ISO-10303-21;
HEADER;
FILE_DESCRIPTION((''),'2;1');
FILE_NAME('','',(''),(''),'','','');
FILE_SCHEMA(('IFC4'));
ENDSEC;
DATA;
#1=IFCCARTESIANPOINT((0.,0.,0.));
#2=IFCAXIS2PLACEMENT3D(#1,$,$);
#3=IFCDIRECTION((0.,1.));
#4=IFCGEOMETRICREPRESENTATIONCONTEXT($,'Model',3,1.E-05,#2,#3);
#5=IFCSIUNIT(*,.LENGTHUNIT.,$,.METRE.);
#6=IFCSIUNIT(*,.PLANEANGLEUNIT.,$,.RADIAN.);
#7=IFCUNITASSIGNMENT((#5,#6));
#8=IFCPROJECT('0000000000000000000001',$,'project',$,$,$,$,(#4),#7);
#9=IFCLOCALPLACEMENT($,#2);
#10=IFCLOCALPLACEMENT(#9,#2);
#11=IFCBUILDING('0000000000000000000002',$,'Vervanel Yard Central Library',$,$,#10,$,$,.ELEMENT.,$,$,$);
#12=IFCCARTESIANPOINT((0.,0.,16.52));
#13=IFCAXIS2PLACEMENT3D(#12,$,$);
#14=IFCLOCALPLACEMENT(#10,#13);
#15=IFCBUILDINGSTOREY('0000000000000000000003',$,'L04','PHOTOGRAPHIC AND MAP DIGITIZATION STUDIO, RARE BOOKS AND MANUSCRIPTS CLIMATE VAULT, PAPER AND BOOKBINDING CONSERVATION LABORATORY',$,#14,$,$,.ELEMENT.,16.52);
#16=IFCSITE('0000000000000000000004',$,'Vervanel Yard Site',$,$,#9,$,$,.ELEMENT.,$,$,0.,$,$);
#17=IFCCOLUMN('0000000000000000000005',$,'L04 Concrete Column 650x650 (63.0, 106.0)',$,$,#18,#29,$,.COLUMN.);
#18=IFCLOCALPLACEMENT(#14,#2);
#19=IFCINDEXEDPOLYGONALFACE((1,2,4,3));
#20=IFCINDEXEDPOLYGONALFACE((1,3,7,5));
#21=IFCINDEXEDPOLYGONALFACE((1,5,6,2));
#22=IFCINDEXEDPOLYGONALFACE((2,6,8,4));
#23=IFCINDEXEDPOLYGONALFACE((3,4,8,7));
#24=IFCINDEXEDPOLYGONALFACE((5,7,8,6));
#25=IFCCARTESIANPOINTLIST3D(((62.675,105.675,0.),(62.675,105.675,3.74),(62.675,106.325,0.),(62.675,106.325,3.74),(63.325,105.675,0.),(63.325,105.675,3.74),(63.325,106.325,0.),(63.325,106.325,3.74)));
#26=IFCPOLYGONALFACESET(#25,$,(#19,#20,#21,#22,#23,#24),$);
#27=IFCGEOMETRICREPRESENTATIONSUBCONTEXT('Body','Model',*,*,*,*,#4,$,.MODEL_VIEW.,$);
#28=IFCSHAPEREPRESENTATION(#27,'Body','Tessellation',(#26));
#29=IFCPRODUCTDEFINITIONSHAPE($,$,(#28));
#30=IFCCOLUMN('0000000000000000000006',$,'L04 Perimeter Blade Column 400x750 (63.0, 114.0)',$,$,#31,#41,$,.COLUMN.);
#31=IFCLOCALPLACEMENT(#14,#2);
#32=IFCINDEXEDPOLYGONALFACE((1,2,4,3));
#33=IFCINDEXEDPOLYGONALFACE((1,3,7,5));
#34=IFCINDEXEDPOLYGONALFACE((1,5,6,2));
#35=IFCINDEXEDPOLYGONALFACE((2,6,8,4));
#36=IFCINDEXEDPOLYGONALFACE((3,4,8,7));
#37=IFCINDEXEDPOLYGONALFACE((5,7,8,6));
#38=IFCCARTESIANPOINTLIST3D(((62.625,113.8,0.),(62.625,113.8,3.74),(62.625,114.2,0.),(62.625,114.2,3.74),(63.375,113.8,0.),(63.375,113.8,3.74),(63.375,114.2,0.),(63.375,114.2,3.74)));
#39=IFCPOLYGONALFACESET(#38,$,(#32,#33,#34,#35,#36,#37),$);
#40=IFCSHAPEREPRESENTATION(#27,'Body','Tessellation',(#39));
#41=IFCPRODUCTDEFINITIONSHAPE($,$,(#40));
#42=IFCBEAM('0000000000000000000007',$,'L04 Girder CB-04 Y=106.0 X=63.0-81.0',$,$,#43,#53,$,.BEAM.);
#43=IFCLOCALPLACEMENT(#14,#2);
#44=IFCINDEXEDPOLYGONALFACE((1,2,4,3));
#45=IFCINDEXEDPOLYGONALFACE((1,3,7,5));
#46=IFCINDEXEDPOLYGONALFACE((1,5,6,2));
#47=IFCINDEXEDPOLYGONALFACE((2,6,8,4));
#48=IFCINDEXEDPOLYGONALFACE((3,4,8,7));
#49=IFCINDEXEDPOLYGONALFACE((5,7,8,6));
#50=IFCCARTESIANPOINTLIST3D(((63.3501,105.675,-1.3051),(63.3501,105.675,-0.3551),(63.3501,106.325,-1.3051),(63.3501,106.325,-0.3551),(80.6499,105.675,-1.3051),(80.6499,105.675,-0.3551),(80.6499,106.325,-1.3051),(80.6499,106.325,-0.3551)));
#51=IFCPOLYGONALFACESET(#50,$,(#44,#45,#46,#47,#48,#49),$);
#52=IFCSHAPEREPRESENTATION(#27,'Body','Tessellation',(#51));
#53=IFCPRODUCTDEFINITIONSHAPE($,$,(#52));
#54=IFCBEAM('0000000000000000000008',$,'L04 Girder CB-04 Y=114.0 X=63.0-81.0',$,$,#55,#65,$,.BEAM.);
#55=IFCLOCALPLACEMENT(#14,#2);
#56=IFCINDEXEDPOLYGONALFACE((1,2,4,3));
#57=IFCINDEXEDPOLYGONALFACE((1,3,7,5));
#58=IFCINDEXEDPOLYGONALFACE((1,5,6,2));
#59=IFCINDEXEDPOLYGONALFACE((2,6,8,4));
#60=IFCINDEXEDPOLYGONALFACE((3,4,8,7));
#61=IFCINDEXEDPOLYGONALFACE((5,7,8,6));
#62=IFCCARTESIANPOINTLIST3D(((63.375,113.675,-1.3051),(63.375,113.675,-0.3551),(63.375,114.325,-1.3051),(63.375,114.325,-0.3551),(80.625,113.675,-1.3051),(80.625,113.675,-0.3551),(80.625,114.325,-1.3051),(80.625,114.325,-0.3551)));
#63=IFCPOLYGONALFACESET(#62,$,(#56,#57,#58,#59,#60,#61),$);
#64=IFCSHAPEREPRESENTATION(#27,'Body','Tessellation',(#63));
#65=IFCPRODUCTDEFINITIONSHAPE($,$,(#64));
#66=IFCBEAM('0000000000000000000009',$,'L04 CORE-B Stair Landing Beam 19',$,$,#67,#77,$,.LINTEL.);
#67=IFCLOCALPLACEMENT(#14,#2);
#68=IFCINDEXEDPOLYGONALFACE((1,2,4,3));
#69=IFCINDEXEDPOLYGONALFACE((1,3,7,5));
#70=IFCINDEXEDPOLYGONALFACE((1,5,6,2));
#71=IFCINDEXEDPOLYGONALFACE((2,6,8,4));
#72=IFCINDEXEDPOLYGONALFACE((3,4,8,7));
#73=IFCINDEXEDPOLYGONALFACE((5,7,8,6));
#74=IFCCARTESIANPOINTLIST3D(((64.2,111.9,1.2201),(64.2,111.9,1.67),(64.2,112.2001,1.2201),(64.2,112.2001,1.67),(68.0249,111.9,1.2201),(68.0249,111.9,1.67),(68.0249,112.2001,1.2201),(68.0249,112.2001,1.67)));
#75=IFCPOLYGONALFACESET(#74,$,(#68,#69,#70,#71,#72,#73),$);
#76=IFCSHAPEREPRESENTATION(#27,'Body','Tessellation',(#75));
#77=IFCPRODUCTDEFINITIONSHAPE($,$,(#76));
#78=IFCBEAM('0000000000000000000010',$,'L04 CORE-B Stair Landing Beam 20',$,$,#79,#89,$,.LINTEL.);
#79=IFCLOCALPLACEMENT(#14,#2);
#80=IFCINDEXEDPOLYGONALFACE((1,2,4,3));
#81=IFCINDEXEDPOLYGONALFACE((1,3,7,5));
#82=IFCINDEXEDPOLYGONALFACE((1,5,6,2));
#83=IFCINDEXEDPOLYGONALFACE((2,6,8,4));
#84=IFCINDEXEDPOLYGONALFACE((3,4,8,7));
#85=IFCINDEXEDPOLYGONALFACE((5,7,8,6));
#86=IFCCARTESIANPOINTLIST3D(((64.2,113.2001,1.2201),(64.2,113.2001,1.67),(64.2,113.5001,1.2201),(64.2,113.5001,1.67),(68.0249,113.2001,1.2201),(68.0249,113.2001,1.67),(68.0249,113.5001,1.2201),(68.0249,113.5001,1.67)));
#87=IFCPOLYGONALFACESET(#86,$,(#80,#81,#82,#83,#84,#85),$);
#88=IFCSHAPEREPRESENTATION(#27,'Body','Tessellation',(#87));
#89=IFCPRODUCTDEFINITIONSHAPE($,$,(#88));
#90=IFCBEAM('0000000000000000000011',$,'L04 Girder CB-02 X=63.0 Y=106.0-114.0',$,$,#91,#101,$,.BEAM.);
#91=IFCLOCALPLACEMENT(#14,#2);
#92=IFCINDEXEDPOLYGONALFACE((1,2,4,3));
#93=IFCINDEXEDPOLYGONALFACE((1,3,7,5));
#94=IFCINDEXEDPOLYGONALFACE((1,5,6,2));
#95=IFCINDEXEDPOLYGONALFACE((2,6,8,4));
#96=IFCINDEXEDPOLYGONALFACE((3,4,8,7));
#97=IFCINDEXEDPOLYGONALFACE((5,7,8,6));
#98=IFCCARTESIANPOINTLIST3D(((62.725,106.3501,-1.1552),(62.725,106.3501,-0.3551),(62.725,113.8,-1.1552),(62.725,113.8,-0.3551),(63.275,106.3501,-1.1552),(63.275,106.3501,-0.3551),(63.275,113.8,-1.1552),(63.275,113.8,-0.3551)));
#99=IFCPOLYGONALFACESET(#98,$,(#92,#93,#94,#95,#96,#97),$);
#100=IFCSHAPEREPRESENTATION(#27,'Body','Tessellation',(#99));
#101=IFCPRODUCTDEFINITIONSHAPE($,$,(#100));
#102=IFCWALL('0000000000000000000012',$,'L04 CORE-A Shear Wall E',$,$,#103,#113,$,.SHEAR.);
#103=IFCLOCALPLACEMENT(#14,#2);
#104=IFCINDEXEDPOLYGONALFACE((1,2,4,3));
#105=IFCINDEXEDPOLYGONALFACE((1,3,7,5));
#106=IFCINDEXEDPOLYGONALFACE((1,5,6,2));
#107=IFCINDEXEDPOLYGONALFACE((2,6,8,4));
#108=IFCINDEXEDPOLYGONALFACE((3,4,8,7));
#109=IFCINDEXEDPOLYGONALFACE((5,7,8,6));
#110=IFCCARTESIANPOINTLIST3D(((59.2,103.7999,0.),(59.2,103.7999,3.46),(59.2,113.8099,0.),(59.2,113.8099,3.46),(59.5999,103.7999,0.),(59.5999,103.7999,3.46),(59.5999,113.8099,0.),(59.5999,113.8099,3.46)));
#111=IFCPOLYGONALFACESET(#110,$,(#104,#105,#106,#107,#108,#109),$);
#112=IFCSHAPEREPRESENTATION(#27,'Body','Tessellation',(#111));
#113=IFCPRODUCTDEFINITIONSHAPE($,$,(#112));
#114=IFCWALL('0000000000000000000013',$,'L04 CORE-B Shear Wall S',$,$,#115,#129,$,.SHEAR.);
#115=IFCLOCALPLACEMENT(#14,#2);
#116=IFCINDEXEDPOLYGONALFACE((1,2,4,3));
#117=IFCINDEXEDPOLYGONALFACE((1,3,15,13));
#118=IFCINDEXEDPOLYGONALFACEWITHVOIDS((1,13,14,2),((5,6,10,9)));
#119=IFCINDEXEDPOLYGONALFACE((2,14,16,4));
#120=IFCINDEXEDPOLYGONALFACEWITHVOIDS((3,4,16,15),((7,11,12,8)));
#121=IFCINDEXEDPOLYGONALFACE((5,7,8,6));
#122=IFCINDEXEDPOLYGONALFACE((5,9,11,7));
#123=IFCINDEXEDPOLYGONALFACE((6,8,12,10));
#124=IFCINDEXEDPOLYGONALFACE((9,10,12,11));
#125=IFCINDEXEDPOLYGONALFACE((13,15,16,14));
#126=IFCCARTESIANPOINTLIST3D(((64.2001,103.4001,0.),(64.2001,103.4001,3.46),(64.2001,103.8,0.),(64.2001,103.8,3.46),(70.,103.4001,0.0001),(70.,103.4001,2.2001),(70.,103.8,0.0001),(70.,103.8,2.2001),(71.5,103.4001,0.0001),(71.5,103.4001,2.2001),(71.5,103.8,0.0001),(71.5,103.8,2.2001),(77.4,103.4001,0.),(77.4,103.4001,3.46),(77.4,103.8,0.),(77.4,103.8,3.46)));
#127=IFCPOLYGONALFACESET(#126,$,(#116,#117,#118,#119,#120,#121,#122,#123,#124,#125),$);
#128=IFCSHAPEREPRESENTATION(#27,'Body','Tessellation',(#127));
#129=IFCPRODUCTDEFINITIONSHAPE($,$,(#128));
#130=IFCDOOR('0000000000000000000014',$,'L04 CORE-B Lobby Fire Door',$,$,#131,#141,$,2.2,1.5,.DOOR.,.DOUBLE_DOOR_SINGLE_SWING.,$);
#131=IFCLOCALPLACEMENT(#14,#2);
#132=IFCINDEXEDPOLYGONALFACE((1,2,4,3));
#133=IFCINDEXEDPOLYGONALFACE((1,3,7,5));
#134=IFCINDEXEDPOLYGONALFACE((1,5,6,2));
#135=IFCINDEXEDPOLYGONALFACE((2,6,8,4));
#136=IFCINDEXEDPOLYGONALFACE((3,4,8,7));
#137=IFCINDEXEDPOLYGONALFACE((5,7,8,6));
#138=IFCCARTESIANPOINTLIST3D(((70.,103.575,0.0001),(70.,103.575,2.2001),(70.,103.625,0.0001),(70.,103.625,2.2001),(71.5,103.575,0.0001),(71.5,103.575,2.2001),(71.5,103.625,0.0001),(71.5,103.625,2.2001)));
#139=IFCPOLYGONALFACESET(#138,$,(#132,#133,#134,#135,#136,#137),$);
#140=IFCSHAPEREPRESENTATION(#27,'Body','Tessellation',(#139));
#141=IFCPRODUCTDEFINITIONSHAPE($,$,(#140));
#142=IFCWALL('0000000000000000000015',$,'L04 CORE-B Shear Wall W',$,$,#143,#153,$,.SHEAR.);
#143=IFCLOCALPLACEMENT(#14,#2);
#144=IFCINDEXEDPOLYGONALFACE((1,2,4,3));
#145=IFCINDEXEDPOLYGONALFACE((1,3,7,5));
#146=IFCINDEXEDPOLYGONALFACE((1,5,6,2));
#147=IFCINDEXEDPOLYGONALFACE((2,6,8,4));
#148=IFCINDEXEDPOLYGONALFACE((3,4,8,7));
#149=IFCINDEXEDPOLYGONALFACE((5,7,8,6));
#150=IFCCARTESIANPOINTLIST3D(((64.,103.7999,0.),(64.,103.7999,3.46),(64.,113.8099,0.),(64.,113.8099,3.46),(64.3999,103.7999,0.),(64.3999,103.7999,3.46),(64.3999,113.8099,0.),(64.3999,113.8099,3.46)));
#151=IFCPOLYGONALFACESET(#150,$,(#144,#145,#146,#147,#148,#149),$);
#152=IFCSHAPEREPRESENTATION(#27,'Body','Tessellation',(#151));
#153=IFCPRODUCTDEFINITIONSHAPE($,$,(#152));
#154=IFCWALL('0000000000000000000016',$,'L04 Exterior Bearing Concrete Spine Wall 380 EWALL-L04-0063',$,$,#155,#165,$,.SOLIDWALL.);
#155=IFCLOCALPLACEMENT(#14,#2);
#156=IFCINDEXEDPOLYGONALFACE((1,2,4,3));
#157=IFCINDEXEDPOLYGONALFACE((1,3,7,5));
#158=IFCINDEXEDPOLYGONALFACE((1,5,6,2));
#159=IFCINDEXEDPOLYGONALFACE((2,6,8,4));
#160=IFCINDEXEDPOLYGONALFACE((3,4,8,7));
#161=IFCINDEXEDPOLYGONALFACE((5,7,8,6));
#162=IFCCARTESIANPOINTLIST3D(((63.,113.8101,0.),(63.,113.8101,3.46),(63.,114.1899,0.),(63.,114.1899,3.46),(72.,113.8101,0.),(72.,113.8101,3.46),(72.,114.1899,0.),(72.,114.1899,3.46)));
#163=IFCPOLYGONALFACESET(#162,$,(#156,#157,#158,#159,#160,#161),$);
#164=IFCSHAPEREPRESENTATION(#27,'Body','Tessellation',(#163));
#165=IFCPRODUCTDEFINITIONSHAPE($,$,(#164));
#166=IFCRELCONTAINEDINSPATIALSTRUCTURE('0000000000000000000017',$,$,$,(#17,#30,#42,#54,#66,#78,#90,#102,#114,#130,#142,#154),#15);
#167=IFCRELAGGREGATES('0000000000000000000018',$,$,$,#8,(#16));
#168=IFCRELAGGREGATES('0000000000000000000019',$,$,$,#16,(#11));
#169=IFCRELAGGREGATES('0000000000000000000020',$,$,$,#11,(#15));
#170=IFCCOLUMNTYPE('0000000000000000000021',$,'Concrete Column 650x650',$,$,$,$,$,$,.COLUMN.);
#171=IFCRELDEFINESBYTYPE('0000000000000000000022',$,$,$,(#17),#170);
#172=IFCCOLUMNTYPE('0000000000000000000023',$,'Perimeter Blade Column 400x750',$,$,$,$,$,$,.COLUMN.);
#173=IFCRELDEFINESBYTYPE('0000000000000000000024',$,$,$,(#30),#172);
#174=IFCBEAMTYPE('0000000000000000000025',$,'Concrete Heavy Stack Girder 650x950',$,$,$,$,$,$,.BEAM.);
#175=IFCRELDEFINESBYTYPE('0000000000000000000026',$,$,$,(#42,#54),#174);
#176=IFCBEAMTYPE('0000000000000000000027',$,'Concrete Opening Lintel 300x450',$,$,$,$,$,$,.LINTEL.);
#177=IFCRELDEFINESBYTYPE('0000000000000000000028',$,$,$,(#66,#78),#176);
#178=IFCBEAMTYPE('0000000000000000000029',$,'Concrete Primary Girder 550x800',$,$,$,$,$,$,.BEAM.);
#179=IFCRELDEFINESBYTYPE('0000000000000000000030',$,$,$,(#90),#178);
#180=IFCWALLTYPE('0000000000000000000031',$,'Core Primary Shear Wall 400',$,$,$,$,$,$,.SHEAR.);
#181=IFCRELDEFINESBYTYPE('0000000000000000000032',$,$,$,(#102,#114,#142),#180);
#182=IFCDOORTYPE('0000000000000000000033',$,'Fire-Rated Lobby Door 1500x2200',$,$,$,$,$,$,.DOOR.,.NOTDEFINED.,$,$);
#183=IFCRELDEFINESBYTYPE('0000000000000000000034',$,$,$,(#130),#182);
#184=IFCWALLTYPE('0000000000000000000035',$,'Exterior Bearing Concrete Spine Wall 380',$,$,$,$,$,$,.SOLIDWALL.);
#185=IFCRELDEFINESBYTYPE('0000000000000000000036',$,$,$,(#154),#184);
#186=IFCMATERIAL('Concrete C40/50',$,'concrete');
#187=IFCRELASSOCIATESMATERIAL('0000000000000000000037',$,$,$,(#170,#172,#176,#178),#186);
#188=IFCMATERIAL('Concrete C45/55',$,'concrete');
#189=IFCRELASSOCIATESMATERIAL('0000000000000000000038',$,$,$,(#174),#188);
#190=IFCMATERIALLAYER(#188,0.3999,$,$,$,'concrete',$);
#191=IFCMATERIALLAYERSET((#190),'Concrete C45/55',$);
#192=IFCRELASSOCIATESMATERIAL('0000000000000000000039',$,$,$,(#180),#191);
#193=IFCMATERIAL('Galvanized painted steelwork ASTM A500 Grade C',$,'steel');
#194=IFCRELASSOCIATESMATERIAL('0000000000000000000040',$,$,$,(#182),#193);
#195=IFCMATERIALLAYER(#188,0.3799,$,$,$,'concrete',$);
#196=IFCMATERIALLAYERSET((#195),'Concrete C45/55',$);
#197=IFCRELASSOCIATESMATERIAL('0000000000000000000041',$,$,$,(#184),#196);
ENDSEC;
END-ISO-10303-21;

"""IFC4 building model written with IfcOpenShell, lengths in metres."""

from ifc_helpers import new_model, si_unit, direction, frame, frame_2d, origin, origin_2d, place, context, subcontext, project, spatial, rectangle, extrude, material, layer, layer_set, material_profile, profile_set, type_object, element, fill, save


model = new_model("IFC4")

# Units and contexts
model_context = context("Model", 3, precision=1e-05, world=origin(), true_north=direction((0.0, 1.0)))
body_context = subcontext(model_context, "Body", "Model", "MODEL_VIEW")
ifc_project = project(units=[si_unit("LENGTHUNIT", "METRE"), si_unit("PLANEANGLEUNIT", "RADIAN")], contexts=[model_context])

# Site, building, storey
site_placement = place(None, origin())
site = spatial("IfcSite", under=ifc_project, at=site_placement, Name="Vervanel Yard Site", CompositionType="ELEMENT", RefElevation=0.0)
building_placement = place(site_placement, origin())
building = spatial("IfcBuilding", under=site, at=building_placement, Name="Vervanel Yard Central Library", CompositionType="ELEMENT")
storey_placement = place(building_placement, frame((0.0, 0.0, 16.52)))
storey = spatial("IfcBuildingStorey", under=building, at=storey_placement, Name="L04", Description="PHOTOGRAPHIC AND MAP DIGITIZATION STUDIO, RARE BOOKS AND MANUSCRIPTS CLIMATE VAULT, PAPER AND BOOKBINDING CONSERVATION LABORATORY", CompositionType="ELEMENT", Elevation=16.52)

# Columns
ifc_material_1 = material(Name="Concrete C40/50", Category="concrete")
ifc_material_profile_1 = material_profile(ifc_material_1, rectangle(XDim=0.6499, YDim=0.6499, at=origin_2d()), Name="RC 650x650", Category="concrete")
ifc_profile_set_1 = profile_set([ifc_material_profile_1], Name="Concrete C40/50")
column_type_1 = type_object("IfcColumnType", Name="Concrete Column 650x650", PredefinedType="COLUMN", material=ifc_profile_set_1)
column_1_placement = place(storey_placement, frame((63.0, 106.0, 0.0), z_axis=(0.0, 0.0, 1.0), x_axis=(1.0, 0.0, 0.0)))
element("IfcColumn", 1, at=column_1_placement, inside=storey, type_object=column_type_1, Name="L04 Concrete Column 650x650 (63.0, 106.0)", PredefinedType="COLUMN", context=body_context, shape_type="SweptSolid", body=[
    extrude(rectangle(XDim=0.6499, YDim=0.6499, at=origin_2d()), origin(), (0.0, 0.0, 1.0), 3.74),
])
ifc_material_profile_2 = material_profile(ifc_material_1, rectangle(XDim=0.3999, YDim=0.75, at=origin_2d()), Name="RC 400x750", Category="concrete")
ifc_profile_set_2 = profile_set([ifc_material_profile_2], Name="Concrete C40/50")
column_type_2 = type_object("IfcColumnType", Name="Perimeter Blade Column 400x750", PredefinedType="COLUMN", material=ifc_profile_set_2)
column_2_placement = place(storey_placement, frame((63.0, 114.0, 0.0), z_axis=(0.0, 0.0, 1.0), x_axis=(0.0, 1.0, 0.0)))
element("IfcColumn", 2, at=column_2_placement, inside=storey, type_object=column_type_2, Name="L04 Perimeter Blade Column 400x750 (63.0, 114.0)", PredefinedType="COLUMN", context=body_context, shape_type="SweptSolid", body=[
    extrude(rectangle(XDim=0.3999, YDim=0.75, at=origin_2d()), origin(), (0.0, 0.0, 1.0), 3.74),
])

# Beams
ifc_material_2 = material(Name="Concrete C45/55", Category="concrete")
ifc_material_profile_3 = material_profile(ifc_material_2, rectangle(XDim=0.6499, YDim=0.95, at=origin_2d()), Name="RC 650x950", Category="concrete")
ifc_profile_set_3 = profile_set([ifc_material_profile_3], Name="Concrete C45/55")
beam_type_1 = type_object("IfcBeamType", Name="Concrete Heavy Stack Girder 650x950", PredefinedType="BEAM", material=ifc_profile_set_3)
beam_1_placement = place(storey_placement, frame((63.3501, 106.0, -0.8301), z_axis=(1.0, 0.0, 0.0), x_axis=(0.0, 1.0, 0.0)))
element("IfcBeam", 3, at=beam_1_placement, inside=storey, type_object=beam_type_1, Name="L04 Girder CB-04 Y=106.0 X=63.0-81.0", PredefinedType="BEAM", context=body_context, shape_type="SweptSolid", body=[
    extrude(rectangle(XDim=0.6499, YDim=0.95, at=origin_2d()), origin(), (0.0, 0.0, 1.0), 17.2998),
])
beam_2_placement = place(storey_placement, frame((63.375, 114.0, -0.8301), z_axis=(1.0, 0.0, 0.0), x_axis=(0.0, 1.0, 0.0)))
element("IfcBeam", 4, at=beam_2_placement, inside=storey, type_object=beam_type_1, Name="L04 Girder CB-04 Y=114.0 X=63.0-81.0", PredefinedType="BEAM", context=body_context, shape_type="SweptSolid", body=[
    extrude(rectangle(XDim=0.6499, YDim=0.95, at=origin_2d()), origin(), (0.0, 0.0, 1.0), 17.25),
])
ifc_material_profile_4 = material_profile(ifc_material_1, rectangle(XDim=0.3, YDim=0.45, at=origin_2d()), Name="RC 300x450", Category="concrete")
ifc_profile_set_4 = profile_set([ifc_material_profile_4], Name="Concrete C40/50")
beam_type_2 = type_object("IfcBeamType", Name="Concrete Opening Lintel 300x450", PredefinedType="LINTEL", material=ifc_profile_set_4)
for number, where, z_axis, x_axis, name in (
    (5, (64.2, 112.05, 1.4451), (1.0, 0.0, 0.0), (0.0, 1.0, 0.0), "L04 CORE-B Stair Landing Beam 19"),
    (6, (64.2, 113.3501, 1.4451), (1.0, 0.0, 0.0), (0.0, 1.0, 0.0), "L04 CORE-B Stair Landing Beam 20"),
):
    element("IfcBeam", number, at=place(storey_placement, frame(where, z_axis=z_axis, x_axis=x_axis)), inside=storey, type_object=beam_type_2, Name=name, PredefinedType="LINTEL", context=body_context, shape_type="SweptSolid", body=[
        extrude(rectangle(XDim=0.3, YDim=0.45, at=origin_2d()), origin(), (0.0, 0.0, 1.0), 3.825),
    ])
ifc_material_profile_5 = material_profile(ifc_material_1, rectangle(XDim=0.55, YDim=0.8, at=origin_2d()), Name="RC 550x800", Category="concrete")
ifc_profile_set_5 = profile_set([ifc_material_profile_5], Name="Concrete C40/50")
beam_type_3 = type_object("IfcBeamType", Name="Concrete Primary Girder 550x800", PredefinedType="BEAM", material=ifc_profile_set_5)
beam_3_placement = place(storey_placement, frame((63.0, 106.3501, -0.7551), z_axis=(0.0, 1.0, 0.0), x_axis=(-1.0, 0.0, 0.0)))
element("IfcBeam", 7, at=beam_3_placement, inside=storey, type_object=beam_type_3, Name="L04 Girder CB-02 X=63.0 Y=106.0-114.0", PredefinedType="BEAM", context=body_context, shape_type="SweptSolid", body=[
    extrude(rectangle(XDim=0.55, YDim=0.8, at=origin_2d()), origin(), (0.0, 0.0, 1.0), 7.45),
])

# Wall
ifc_layer_1 = layer(ifc_material_2, 0.3999, Category="concrete")
ifc_layer_set_1 = layer_set([ifc_layer_1], Name="Concrete C45/55")
wall_type_1 = type_object("IfcWallType", Name="Core Primary Shear Wall 400", PredefinedType="SHEAR", material=ifc_layer_set_1)
wall_1_placement = place(storey_placement, frame((59.3999, 103.8, 0.0), z_axis=(0.0, 0.0, 1.0), x_axis=(0.0, 1.0, 0.0)))
element("IfcWall", 8, at=wall_1_placement, inside=storey, type_object=wall_type_1, Name="L04 CORE-A Shear Wall E", PredefinedType="SHEAR", context=body_context, shape_type="SweptSolid", body=[
    extrude(rectangle(XDim=10.01, YDim=0.3999, at=frame_2d((5.0049, 0.0))), origin(), (0.0, 0.0, 1.0), 3.46),
])

# Wall, opening, door
wall_2_placement = place(storey_placement, frame((64.2, 103.6001, 0.0), z_axis=(0.0, 0.0, 1.0), x_axis=(1.0, 0.0, 0.0)))
wall_2 = element("IfcWall", 9, at=wall_2_placement, inside=storey, type_object=wall_type_1, Name="L04 CORE-B Shear Wall S", PredefinedType="SHEAR", context=body_context, shape_type="SweptSolid", body=[
    extrude(rectangle(XDim=13.2, YDim=0.3999, at=frame_2d((6.6001, 0.0))), origin(), (0.0, 0.0, 1.0), 3.46),
])
opening_1_placement = place(wall_2_placement, frame((5.8, 0.0, 0.0)))
opening_1 = element("IfcOpeningElement", 10, at=opening_1_placement, cuts=wall_2, PredefinedType="OPENING", context=body_context, shape_type="SweptSolid", body=[
    extrude(rectangle(XDim=1.5, YDim=2.2, at=frame_2d((0.75, 1.1001))), frame((0.0, 0.21, 0.0), z_axis=(0.0, -1.0, 0.0), x_axis=(1.0, 0.0, 0.0)), (0.0, 0.0, 1.0), 0.4199),
])
ifc_material_3 = material(Name="Galvanized painted steelwork ASTM A500 Grade C", Category="steel")
door_type_1 = type_object("IfcDoorType", Name="Fire-Rated Lobby Door 1500x2200", OperationType="NOTDEFINED", PredefinedType="DOOR", material=ifc_material_3)
door_1_placement = place(opening_1_placement, origin())
door_1 = element("IfcDoor", 11, at=door_1_placement, inside=storey, type_object=door_type_1, Name="L04 CORE-B Lobby Fire Door", OperationType="DOUBLE_DOOR_SINGLE_SWING", OverallHeight=2.2, OverallWidth=1.5, PredefinedType="DOOR", context=body_context, shape_type="SweptSolid", body=[
    extrude(rectangle(XDim=1.5, YDim=2.2, at=frame_2d((0.75, 1.1001))), frame((0.0, 0.0249, 0.0), z_axis=(0.0, -1.0, 0.0), x_axis=(1.0, 0.0, 0.0)), (0.0, 0.0, 1.0), 0.05),
])
fill(opening_1, door_1)

# Walls
wall_3_placement = place(storey_placement, frame((64.2, 103.8, 0.0), z_axis=(0.0, 0.0, 1.0), x_axis=(0.0, 1.0, 0.0)))
element("IfcWall", 12, at=wall_3_placement, inside=storey, type_object=wall_type_1, Name="L04 CORE-B Shear Wall W", PredefinedType="SHEAR", context=body_context, shape_type="SweptSolid", body=[
    extrude(rectangle(XDim=10.01, YDim=0.3999, at=frame_2d((5.0049, 0.0))), origin(), (0.0, 0.0, 1.0), 3.46),
])
ifc_layer_2 = layer(ifc_material_2, 0.3799, Category="concrete")
ifc_layer_set_2 = layer_set([ifc_layer_2], Name="Concrete C45/55")
wall_type_2 = type_object("IfcWallType", Name="Exterior Bearing Concrete Spine Wall 380", PredefinedType="SOLIDWALL", material=ifc_layer_set_2)
wall_4_placement = place(storey_placement, frame((63.0, 114.0, 0.0), z_axis=(0.0, 0.0, 1.0), x_axis=(1.0, 0.0, 0.0)))
element("IfcWall", 13, at=wall_4_placement, inside=storey, type_object=wall_type_2, Name="L04 Exterior Bearing Concrete Spine Wall 380 EWALL-L04-0063", PredefinedType="SOLIDWALL", context=body_context, shape_type="SweptSolid", body=[
    extrude(rectangle(XDim=9.0, YDim=0.3799, at=frame_2d((4.5, 0.0))), origin(), (0.0, 0.0, 1.0), 3.46),
])

save(model, "model.ifc")
